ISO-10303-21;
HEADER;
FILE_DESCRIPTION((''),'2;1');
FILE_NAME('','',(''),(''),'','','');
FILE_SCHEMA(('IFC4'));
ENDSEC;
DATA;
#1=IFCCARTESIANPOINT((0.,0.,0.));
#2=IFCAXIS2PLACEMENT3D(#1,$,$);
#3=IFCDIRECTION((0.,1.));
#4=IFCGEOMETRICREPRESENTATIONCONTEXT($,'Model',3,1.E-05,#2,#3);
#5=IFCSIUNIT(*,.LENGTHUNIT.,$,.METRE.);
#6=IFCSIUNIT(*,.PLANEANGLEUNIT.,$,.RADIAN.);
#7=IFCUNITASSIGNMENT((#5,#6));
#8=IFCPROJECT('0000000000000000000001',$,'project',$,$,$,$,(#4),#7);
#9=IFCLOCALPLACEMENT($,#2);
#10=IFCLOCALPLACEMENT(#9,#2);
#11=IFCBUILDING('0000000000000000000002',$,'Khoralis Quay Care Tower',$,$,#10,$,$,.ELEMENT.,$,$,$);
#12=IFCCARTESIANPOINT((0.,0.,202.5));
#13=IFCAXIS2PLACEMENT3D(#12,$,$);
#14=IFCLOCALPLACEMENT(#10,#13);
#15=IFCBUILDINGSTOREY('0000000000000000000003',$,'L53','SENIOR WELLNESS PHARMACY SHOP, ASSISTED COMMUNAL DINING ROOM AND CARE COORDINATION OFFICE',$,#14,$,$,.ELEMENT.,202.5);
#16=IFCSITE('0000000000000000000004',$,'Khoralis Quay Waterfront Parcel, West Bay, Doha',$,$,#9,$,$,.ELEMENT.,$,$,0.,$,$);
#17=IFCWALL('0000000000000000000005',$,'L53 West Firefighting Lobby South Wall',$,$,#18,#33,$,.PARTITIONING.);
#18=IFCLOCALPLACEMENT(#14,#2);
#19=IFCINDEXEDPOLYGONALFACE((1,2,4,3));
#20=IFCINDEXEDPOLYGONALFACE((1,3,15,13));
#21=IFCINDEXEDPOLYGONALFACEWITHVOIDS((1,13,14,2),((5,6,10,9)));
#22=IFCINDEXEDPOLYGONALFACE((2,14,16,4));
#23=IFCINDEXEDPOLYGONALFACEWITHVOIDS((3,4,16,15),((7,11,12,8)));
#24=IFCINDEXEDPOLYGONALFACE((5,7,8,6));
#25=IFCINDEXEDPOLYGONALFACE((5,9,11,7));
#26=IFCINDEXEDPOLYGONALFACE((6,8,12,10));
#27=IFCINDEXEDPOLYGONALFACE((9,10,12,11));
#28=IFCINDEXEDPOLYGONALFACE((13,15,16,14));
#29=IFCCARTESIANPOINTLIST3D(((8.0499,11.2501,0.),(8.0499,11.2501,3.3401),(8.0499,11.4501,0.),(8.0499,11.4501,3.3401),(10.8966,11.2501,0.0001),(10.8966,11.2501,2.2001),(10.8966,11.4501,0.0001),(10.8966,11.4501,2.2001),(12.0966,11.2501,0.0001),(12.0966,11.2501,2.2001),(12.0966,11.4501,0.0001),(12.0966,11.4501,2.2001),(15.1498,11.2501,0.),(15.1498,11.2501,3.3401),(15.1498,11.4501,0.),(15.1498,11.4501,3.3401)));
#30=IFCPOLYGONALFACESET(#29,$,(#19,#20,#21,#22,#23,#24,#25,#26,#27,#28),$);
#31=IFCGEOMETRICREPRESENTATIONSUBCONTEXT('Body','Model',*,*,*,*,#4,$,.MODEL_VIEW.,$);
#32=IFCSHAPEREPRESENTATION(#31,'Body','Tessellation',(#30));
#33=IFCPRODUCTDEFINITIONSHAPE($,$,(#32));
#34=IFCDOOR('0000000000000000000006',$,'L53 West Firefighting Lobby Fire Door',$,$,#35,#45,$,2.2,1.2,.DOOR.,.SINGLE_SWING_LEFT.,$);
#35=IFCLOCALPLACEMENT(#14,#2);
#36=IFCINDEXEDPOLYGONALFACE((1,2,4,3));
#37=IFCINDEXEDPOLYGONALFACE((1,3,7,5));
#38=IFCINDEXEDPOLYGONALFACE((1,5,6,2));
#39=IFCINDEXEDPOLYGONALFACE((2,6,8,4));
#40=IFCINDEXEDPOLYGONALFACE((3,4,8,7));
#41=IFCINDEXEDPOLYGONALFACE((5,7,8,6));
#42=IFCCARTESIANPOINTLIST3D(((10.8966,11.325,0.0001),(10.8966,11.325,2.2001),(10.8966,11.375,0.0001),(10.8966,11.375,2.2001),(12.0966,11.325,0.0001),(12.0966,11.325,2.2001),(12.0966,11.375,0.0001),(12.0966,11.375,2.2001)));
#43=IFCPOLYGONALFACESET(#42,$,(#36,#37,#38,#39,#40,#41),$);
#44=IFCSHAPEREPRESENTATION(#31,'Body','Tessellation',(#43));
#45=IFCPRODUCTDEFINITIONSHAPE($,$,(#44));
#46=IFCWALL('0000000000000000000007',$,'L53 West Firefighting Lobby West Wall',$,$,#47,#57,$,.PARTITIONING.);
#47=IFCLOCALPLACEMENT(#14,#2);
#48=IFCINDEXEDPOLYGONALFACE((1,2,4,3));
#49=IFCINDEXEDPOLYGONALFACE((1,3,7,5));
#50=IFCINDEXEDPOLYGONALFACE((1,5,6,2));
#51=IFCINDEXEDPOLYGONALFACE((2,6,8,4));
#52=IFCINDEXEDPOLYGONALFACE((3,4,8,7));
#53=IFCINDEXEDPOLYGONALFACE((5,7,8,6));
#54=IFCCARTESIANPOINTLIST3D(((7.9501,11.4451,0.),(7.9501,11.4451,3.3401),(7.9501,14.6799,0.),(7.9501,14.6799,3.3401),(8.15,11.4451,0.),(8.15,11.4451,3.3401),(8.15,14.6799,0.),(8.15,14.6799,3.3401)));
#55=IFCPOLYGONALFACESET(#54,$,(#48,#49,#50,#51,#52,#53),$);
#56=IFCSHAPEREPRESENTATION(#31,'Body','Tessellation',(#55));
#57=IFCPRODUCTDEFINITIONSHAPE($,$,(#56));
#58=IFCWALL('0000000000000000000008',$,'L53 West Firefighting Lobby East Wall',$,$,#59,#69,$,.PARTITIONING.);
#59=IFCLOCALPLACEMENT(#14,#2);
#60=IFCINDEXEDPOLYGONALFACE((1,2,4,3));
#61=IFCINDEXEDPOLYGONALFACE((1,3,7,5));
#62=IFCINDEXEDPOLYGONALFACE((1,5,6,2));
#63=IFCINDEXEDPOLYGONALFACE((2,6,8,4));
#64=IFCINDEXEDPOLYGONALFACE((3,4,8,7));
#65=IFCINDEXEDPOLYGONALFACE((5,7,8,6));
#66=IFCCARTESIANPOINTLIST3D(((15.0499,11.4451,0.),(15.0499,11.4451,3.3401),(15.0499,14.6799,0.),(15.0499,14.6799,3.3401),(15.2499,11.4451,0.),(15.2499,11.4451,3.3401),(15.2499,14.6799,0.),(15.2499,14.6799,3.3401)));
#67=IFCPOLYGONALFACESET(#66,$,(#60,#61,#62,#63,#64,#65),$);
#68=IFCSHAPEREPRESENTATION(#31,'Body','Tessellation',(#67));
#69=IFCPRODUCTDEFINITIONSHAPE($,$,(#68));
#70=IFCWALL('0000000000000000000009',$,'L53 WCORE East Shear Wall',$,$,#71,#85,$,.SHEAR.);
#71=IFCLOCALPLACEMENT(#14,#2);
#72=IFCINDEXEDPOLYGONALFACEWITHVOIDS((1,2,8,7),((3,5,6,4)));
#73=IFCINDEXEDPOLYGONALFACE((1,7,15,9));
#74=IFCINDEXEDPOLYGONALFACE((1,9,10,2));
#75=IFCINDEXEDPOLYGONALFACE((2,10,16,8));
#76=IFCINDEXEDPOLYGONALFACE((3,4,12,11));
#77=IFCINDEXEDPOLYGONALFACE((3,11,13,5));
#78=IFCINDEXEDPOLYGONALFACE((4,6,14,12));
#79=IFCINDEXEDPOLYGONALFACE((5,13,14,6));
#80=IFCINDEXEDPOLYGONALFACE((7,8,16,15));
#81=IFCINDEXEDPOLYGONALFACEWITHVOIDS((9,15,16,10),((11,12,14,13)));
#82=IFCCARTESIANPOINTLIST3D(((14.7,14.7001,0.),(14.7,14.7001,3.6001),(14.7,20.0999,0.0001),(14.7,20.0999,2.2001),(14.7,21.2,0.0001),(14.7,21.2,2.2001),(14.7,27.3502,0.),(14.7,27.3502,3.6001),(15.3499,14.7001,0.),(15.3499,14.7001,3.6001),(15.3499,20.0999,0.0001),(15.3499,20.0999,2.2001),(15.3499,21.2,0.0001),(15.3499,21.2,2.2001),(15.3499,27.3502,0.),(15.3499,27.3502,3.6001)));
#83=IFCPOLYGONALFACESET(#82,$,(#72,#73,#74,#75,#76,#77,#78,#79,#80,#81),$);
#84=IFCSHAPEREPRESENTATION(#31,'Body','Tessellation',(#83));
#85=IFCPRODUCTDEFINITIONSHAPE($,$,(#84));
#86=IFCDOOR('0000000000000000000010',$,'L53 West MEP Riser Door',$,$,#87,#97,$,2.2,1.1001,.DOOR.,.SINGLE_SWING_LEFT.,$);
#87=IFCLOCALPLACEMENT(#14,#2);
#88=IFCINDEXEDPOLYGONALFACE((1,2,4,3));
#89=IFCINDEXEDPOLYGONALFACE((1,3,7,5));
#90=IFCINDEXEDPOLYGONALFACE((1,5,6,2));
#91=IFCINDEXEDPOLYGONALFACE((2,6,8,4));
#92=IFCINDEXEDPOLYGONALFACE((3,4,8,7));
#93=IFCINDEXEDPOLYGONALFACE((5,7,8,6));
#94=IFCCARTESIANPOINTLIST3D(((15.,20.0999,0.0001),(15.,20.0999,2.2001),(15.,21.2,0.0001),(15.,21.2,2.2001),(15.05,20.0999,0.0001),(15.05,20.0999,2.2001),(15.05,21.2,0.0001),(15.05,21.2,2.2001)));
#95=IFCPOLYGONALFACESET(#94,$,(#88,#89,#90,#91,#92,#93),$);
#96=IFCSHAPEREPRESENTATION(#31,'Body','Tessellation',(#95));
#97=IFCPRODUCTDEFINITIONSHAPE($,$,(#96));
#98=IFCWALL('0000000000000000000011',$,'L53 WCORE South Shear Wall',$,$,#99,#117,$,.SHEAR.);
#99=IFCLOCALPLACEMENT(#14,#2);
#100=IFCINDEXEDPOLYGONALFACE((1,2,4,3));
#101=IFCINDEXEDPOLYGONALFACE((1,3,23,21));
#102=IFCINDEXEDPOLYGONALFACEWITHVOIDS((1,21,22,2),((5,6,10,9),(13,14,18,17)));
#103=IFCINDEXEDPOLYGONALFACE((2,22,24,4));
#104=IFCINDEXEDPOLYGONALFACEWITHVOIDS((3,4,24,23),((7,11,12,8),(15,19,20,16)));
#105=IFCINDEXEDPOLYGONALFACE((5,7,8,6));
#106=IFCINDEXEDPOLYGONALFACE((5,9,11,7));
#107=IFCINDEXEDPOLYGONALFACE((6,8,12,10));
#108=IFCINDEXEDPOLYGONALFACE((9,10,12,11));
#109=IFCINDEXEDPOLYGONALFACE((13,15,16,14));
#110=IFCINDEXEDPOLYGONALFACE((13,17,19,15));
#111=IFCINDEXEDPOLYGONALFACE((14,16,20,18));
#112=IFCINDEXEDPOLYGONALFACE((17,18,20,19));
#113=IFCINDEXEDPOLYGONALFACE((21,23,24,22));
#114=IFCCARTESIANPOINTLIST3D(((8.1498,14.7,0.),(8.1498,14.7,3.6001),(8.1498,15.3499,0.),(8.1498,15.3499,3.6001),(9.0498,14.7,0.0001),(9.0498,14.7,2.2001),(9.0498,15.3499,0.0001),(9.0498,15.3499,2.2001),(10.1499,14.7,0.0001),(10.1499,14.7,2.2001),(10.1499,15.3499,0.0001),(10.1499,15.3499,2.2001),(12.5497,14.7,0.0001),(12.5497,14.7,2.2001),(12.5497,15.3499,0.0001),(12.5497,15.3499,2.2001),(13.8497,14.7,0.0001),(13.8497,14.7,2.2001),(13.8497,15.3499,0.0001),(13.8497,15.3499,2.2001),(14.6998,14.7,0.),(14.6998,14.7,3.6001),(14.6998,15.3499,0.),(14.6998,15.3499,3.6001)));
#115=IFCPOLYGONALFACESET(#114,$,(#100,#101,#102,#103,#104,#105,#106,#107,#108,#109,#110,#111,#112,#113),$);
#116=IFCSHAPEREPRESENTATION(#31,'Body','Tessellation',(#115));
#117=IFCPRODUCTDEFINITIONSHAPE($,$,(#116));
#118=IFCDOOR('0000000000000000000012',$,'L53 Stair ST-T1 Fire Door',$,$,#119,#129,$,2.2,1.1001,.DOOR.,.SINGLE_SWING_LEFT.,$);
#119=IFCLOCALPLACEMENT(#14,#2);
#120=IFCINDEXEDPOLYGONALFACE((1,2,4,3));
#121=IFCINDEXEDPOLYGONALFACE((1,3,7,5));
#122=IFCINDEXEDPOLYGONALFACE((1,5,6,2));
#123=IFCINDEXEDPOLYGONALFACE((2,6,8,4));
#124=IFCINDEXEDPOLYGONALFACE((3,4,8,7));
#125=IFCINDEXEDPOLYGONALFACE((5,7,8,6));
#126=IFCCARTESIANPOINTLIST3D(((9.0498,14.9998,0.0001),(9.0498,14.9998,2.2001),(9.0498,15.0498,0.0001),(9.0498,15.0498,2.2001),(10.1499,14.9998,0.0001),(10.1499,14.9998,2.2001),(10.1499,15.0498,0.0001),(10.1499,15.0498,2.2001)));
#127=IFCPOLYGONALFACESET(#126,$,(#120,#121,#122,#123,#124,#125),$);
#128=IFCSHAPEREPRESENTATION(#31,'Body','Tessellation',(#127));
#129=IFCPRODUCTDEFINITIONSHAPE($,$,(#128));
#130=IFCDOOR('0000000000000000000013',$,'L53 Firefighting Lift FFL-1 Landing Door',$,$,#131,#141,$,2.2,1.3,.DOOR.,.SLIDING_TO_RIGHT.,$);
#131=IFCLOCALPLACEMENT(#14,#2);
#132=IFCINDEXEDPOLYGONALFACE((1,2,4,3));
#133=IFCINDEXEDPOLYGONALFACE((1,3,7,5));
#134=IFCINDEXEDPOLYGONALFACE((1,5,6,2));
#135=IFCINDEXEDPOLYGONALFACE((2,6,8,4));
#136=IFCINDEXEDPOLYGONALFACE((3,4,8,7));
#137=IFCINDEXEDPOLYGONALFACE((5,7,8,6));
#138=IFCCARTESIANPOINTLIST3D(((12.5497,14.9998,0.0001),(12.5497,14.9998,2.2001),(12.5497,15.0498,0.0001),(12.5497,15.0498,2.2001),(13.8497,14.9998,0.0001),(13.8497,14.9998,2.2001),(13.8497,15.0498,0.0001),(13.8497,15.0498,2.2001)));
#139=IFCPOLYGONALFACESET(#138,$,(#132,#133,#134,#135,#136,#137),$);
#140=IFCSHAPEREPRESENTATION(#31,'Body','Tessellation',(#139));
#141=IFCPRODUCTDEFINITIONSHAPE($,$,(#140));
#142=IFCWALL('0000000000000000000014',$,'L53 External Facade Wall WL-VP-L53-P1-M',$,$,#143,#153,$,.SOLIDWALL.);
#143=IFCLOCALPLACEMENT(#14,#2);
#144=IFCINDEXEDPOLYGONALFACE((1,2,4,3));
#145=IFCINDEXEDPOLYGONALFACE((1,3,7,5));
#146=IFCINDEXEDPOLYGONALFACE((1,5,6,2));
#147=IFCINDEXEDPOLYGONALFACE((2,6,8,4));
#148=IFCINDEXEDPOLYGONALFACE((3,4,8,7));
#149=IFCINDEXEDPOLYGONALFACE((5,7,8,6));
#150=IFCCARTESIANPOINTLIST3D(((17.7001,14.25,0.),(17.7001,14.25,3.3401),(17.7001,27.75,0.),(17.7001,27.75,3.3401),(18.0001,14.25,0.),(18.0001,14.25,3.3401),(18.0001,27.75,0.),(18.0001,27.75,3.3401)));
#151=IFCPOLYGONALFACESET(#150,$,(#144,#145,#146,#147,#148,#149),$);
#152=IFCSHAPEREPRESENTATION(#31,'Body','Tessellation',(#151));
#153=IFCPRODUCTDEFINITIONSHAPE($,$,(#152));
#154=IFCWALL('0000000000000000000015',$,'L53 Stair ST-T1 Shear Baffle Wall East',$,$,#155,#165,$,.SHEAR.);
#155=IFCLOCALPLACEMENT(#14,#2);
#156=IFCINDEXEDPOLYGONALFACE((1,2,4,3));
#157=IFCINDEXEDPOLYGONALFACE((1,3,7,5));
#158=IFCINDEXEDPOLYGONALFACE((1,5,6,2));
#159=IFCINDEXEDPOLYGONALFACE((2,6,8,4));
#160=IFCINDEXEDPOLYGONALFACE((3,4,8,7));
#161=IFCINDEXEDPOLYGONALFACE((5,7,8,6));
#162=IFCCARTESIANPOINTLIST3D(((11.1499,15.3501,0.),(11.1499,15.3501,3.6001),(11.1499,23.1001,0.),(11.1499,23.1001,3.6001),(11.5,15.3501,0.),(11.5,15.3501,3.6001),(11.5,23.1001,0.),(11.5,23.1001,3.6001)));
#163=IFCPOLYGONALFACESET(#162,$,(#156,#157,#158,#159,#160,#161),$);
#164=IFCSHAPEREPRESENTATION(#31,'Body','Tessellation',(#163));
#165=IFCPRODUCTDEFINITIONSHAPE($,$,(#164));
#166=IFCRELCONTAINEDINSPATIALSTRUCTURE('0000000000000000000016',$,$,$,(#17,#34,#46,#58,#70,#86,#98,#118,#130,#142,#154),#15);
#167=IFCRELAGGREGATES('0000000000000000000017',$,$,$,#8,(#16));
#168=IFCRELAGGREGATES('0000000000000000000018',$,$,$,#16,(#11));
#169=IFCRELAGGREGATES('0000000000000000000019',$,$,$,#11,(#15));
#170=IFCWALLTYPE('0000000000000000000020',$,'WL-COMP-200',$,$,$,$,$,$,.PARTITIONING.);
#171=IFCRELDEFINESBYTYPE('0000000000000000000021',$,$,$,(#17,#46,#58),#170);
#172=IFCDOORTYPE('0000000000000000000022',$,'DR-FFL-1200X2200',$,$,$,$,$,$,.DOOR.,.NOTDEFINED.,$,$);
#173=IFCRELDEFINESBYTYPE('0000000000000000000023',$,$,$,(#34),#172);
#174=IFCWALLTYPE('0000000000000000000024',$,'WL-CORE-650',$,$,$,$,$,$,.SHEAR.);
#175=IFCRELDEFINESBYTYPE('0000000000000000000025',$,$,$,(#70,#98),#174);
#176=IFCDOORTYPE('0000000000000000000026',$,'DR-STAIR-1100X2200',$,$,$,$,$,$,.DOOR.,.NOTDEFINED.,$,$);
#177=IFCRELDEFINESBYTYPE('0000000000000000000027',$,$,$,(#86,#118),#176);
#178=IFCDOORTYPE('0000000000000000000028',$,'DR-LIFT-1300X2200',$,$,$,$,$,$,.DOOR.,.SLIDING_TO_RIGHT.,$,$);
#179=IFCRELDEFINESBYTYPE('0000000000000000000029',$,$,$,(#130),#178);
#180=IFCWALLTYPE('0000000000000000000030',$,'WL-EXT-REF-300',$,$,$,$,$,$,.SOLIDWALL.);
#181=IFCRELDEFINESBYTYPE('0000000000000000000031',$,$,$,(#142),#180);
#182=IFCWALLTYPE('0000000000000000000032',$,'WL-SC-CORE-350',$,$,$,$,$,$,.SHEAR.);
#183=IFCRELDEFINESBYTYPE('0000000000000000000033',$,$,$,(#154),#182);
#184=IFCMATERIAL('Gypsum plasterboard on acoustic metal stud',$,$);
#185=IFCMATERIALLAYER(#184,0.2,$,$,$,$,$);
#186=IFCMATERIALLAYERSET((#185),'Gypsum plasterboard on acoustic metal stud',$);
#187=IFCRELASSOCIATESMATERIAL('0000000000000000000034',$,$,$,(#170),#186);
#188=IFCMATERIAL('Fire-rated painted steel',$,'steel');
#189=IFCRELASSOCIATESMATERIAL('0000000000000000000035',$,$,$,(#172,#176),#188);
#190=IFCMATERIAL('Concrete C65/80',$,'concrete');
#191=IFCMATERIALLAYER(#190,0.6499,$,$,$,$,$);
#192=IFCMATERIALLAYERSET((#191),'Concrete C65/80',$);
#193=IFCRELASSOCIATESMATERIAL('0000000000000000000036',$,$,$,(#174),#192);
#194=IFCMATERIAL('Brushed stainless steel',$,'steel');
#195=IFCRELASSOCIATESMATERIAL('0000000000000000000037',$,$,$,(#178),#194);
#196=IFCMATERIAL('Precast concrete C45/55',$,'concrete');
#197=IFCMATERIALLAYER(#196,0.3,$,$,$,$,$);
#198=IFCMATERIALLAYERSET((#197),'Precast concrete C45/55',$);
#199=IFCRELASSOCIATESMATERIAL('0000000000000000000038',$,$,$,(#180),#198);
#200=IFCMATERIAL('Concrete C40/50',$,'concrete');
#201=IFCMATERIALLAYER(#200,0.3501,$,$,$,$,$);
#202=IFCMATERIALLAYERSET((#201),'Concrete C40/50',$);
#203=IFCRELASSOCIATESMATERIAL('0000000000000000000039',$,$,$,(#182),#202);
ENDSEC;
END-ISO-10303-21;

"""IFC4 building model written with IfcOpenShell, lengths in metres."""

from ifc_helpers import new_model, si_unit, direction, frame, frame_2d, origin, place, context, subcontext, project, spatial, rectangle, extrude, source, transform, mapped, material, layer, layer_set, type_object, element, fill, save


model = new_model("IFC4")

# Units and contexts
model_context = context("Model", 3, precision=1e-05, world=origin(), true_north=direction((0.0, 1.0)))
body_context = subcontext(model_context, "Body", "Model", "MODEL_VIEW")
ifc_project = project(units=[si_unit("LENGTHUNIT", "METRE"), si_unit("PLANEANGLEUNIT", "RADIAN")], contexts=[model_context])

# Site, building, storey
site_placement = place(None, origin())
site = spatial("IfcSite", under=ifc_project, at=site_placement, Name="Khoralis Quay Waterfront Parcel, West Bay, Doha", CompositionType="ELEMENT", RefElevation=0.0)
building_placement = place(site_placement, origin())
building = spatial("IfcBuilding", under=site, at=building_placement, Name="Khoralis Quay Care Tower", CompositionType="ELEMENT")
storey_placement = place(building_placement, frame((0.0, 0.0, 202.5)))
storey = spatial("IfcBuildingStorey", under=building, at=storey_placement, Name="L53", Description="SENIOR WELLNESS PHARMACY SHOP, ASSISTED COMMUNAL DINING ROOM AND CARE COORDINATION OFFICE", CompositionType="ELEMENT", Elevation=202.5)

# Wall, opening, door
ifc_material_1 = material(Name="Gypsum plasterboard on acoustic metal stud")
ifc_layer_1 = layer(ifc_material_1, 0.2)
ifc_layer_set_1 = layer_set([ifc_layer_1], Name="Gypsum plasterboard on acoustic metal stud")
wall_type_1 = type_object("IfcWallType", Name="WL-COMP-200", PredefinedType="PARTITIONING", material=ifc_layer_set_1)
wall_1_placement = place(storey_placement, frame((8.05, 11.3501, 0.0), z_axis=(0.0, 0.0, 1.0), x_axis=(1.0, 0.0, 0.0)))
wall_1 = element("IfcWall", 1, at=wall_1_placement, inside=storey, type_object=wall_type_1, Name="L53 West Firefighting Lobby South Wall", PredefinedType="PARTITIONING", context=body_context, shape_type="SweptSolid", body=[
    extrude(rectangle(XDim=7.0999, YDim=0.2, at=frame_2d((3.5498, 0.0))), origin(), (0.0, 0.0, 1.0), 3.3401),
])
opening_1_placement = place(wall_1_placement, frame((2.8464, 0.0, 0.0)))
opening_1 = element("IfcOpeningElement", 2, at=opening_1_placement, cuts=wall_1, PredefinedType="OPENING", context=body_context, shape_type="SweptSolid", body=[
    extrude(rectangle(XDim=1.2, YDim=2.2, at=frame_2d((0.6001, 1.1001))), frame((0.0, 0.1099, 0.0), z_axis=(0.0, -1.0, 0.0), x_axis=(1.0, 0.0, 0.0)), (0.0, 0.0, 1.0), 0.22),
])
ifc_material_2 = material(Name="Fire-rated painted steel", Category="steel")
door_type_1 = type_object("IfcDoorType", Name="DR-FFL-1200X2200", OperationType="NOTDEFINED", PredefinedType="DOOR", material=ifc_material_2)
shared_shape_1 = source(origin(), body_context, "Body", "SweptSolid", [
    extrude(rectangle(XDim=1.2, YDim=2.2, at=frame_2d((0.6001, 1.1001))), frame((0.0, 0.0249, 0.0), z_axis=(0.0, -1.0, 0.0), x_axis=(1.0, 0.0, 0.0)), (0.0, 0.0, 1.0), 0.05),
])
door_1_placement = place(opening_1_placement, origin())
door_1 = element("IfcDoor", 3, at=door_1_placement, inside=storey, type_object=door_type_1, Name="L53 West Firefighting Lobby Fire Door", OperationType="SINGLE_SWING_LEFT", OverallHeight=2.2, OverallWidth=1.2, PredefinedType="DOOR", context=body_context, shape_type="MappedRepresentation", body=[
    mapped(shared_shape_1, transform((0.0, 0.0, 0.0), scale=1.0)),
])
fill(opening_1, door_1)

# Walls
for number, where, z_axis, x_axis, name in (
    (4, (8.05, 11.4451, 0.0), (0.0, 0.0, 1.0), (0.0, 1.0, 0.0), "L53 West Firefighting Lobby West Wall"),
    (5, (15.1499, 11.4451, 0.0), (0.0, 0.0, 1.0), (0.0, 1.0, 0.0), "L53 West Firefighting Lobby East Wall"),
):
    element("IfcWall", number, at=place(storey_placement, frame(where, z_axis=z_axis, x_axis=x_axis)), inside=storey, type_object=wall_type_1, Name=name, PredefinedType="PARTITIONING", context=body_context, shape_type="SweptSolid", body=[
        extrude(rectangle(XDim=3.2349, YDim=0.2, at=frame_2d((1.6174, 0.0))), origin(), (0.0, 0.0, 1.0), 3.3401),
    ])

# Wall, opening, door
ifc_material_3 = material(Name="Concrete C65/80", Category="concrete")
ifc_layer_2 = layer(ifc_material_3, 0.6499)
ifc_layer_set_2 = layer_set([ifc_layer_2], Name="Concrete C65/80")
wall_type_2 = type_object("IfcWallType", Name="WL-CORE-650", PredefinedType="SHEAR", material=ifc_layer_set_2)
wall_2_placement = place(storey_placement, frame((15.0249, 14.7, 0.0), z_axis=(0.0, 0.0, 1.0), x_axis=(0.0, 1.0, 0.0)))
wall_2 = element("IfcWall", 6, at=wall_2_placement, inside=storey, type_object=wall_type_2, Name="L53 WCORE East Shear Wall", PredefinedType="SHEAR", context=body_context, shape_type="SweptSolid", body=[
    extrude(rectangle(XDim=12.6501, YDim=0.6499, at=frame_2d((6.3252, 0.0))), origin(), (0.0, 0.0, 1.0), 3.6001),
])
opening_2_placement = place(wall_2_placement, frame((5.3999, 0.0, 0.0)))
opening_2 = element("IfcOpeningElement", 7, at=opening_2_placement, cuts=wall_2, PredefinedType="OPENING", context=body_context, shape_type="SweptSolid", body=[
    extrude(rectangle(XDim=1.1001, YDim=2.2, at=frame_2d((0.55, 1.1001))), frame((0.0, 0.335, 0.0), z_axis=(0.0, -1.0, 0.0), x_axis=(1.0, 0.0, 0.0)), (0.0, 0.0, 1.0), 0.6699),
])
door_type_2 = type_object("IfcDoorType", Name="DR-STAIR-1100X2200", OperationType="NOTDEFINED", PredefinedType="DOOR", material=ifc_material_2)
shared_shape_2 = source(origin(), body_context, "Body", "SweptSolid", [
    extrude(rectangle(XDim=1.1001, YDim=2.2, at=frame_2d((0.55, 1.1001))), frame((0.0, 0.0249, 0.0), z_axis=(0.0, -1.0, 0.0), x_axis=(1.0, 0.0, 0.0)), (0.0, 0.0, 1.0), 0.05),
])
door_2_placement = place(opening_2_placement, origin())
door_2 = element("IfcDoor", 8, at=door_2_placement, inside=storey, type_object=door_type_2, Name="L53 West MEP Riser Door", OperationType="SINGLE_SWING_LEFT", OverallHeight=2.2, OverallWidth=1.1001, PredefinedType="DOOR", context=body_context, shape_type="MappedRepresentation", body=[
    mapped(shared_shape_2, transform((0.0, 0.0, 0.0), scale=1.0)),
])
fill(opening_2, door_2)

# Wall, openings, doors
wall_3_placement = place(storey_placement, frame((8.1499, 15.0249, 0.0), z_axis=(0.0, 0.0, 1.0), x_axis=(1.0, 0.0, 0.0)))
wall_3 = element("IfcWall", 9, at=wall_3_placement, inside=storey, type_object=wall_type_2, Name="L53 WCORE South Shear Wall", PredefinedType="SHEAR", context=body_context, shape_type="SweptSolid", body=[
    extrude(rectangle(XDim=6.55, YDim=0.6499, at=frame_2d((3.2749, 0.0))), origin(), (0.0, 0.0, 1.0), 3.6001),
])
opening_3_placement = place(wall_3_placement, frame((0.8999, 0.0, 0.0)))
opening_3 = element("IfcOpeningElement", 10, at=opening_3_placement, cuts=wall_3, PredefinedType="OPENING", context=body_context, shape_type="SweptSolid", body=[
    extrude(rectangle(XDim=1.1001, YDim=2.2, at=frame_2d((0.55, 1.1001))), frame((0.0, 0.335, 0.0), z_axis=(0.0, -1.0, 0.0), x_axis=(1.0, 0.0, 0.0)), (0.0, 0.0, 1.0), 0.6699),
])
opening_4_placement = place(wall_3_placement, frame((4.3999, 0.0, 0.0)))
opening_4 = element("IfcOpeningElement", 11, at=opening_4_placement, cuts=wall_3, PredefinedType="OPENING", context=body_context, shape_type="SweptSolid", body=[
    extrude(rectangle(XDim=1.3, YDim=2.2, at=frame_2d((0.6499, 1.1001))), frame((0.0, 0.335, 0.0), z_axis=(0.0, -1.0, 0.0), x_axis=(1.0, 0.0, 0.0)), (0.0, 0.0, 1.0), 0.6699),
])
door_3_placement = place(opening_3_placement, origin())
door_3 = element("IfcDoor", 12, at=door_3_placement, inside=storey, type_object=door_type_2, Name="L53 Stair ST-T1 Fire Door", OperationType="SINGLE_SWING_LEFT", OverallHeight=2.2, OverallWidth=1.1001, PredefinedType="DOOR", context=body_context, shape_type="MappedRepresentation", body=[
    mapped(shared_shape_2, transform((0.0, 0.0, 0.0), scale=1.0)),
])
fill(opening_3, door_3)
ifc_material_4 = material(Name="Brushed stainless steel", Category="steel")
door_type_3 = type_object("IfcDoorType", Name="DR-LIFT-1300X2200", OperationType="SLIDING_TO_RIGHT", PredefinedType="DOOR", material=ifc_material_4)
shared_shape_3 = source(origin(), body_context, "Body", "SweptSolid", [
    extrude(rectangle(XDim=1.3, YDim=2.2, at=frame_2d((0.6499, 1.1001))), frame((0.0, 0.0249, 0.0), z_axis=(0.0, -1.0, 0.0), x_axis=(1.0, 0.0, 0.0)), (0.0, 0.0, 1.0), 0.05),
])
door_4_placement = place(opening_4_placement, origin())
door_4 = element("IfcDoor", 13, at=door_4_placement, inside=storey, type_object=door_type_3, Name="L53 Firefighting Lift FFL-1 Landing Door", OperationType="SLIDING_TO_RIGHT", OverallHeight=2.2, OverallWidth=1.3, PredefinedType="DOOR", context=body_context, shape_type="MappedRepresentation", body=[
    mapped(shared_shape_3, transform((0.0, 0.0, 0.0), scale=1.0)),
])
fill(opening_4, door_4)

# Walls
ifc_material_5 = material(Name="Precast concrete C45/55", Category="concrete")
ifc_layer_3 = layer(ifc_material_5, 0.3)
ifc_layer_set_3 = layer_set([ifc_layer_3], Name="Precast concrete C45/55")
wall_type_3 = type_object("IfcWallType", Name="WL-EXT-REF-300", PredefinedType="SOLIDWALL", material=ifc_layer_set_3)
wall_4_placement = place(storey_placement, frame((17.8501, 14.25, 0.0), z_axis=(0.0, 0.0, 1.0), x_axis=(0.0, 1.0, 0.0)))
element("IfcWall", 14, at=wall_4_placement, inside=storey, type_object=wall_type_3, Name="L53 External Facade Wall WL-VP-L53-P1-M", PredefinedType="SOLIDWALL", context=body_context, shape_type="SweptSolid", body=[
    extrude(rectangle(XDim=13.5, YDim=0.3, at=frame_2d((6.75, 0.0))), origin(), (0.0, 0.0, 1.0), 3.3401),
])
ifc_material_6 = material(Name="Concrete C40/50", Category="concrete")
ifc_layer_4 = layer(ifc_material_6, 0.3501)
ifc_layer_set_4 = layer_set([ifc_layer_4], Name="Concrete C40/50")
wall_type_4 = type_object("IfcWallType", Name="WL-SC-CORE-350", PredefinedType="SHEAR", material=ifc_layer_set_4)
wall_5_placement = place(storey_placement, frame((11.325, 15.3501, 0.0), z_axis=(0.0, 0.0, 1.0), x_axis=(0.0, 1.0, 0.0)))
element("IfcWall", 15, at=wall_5_placement, inside=storey, type_object=wall_type_4, Name="L53 Stair ST-T1 Shear Baffle Wall East", PredefinedType="SHEAR", context=body_context, shape_type="SweptSolid", body=[
    extrude(rectangle(XDim=7.75, YDim=0.3501, at=frame_2d((3.875, 0.0))), origin(), (0.0, 0.0, 1.0), 3.6001),
])

save(model, "model.ifc")
